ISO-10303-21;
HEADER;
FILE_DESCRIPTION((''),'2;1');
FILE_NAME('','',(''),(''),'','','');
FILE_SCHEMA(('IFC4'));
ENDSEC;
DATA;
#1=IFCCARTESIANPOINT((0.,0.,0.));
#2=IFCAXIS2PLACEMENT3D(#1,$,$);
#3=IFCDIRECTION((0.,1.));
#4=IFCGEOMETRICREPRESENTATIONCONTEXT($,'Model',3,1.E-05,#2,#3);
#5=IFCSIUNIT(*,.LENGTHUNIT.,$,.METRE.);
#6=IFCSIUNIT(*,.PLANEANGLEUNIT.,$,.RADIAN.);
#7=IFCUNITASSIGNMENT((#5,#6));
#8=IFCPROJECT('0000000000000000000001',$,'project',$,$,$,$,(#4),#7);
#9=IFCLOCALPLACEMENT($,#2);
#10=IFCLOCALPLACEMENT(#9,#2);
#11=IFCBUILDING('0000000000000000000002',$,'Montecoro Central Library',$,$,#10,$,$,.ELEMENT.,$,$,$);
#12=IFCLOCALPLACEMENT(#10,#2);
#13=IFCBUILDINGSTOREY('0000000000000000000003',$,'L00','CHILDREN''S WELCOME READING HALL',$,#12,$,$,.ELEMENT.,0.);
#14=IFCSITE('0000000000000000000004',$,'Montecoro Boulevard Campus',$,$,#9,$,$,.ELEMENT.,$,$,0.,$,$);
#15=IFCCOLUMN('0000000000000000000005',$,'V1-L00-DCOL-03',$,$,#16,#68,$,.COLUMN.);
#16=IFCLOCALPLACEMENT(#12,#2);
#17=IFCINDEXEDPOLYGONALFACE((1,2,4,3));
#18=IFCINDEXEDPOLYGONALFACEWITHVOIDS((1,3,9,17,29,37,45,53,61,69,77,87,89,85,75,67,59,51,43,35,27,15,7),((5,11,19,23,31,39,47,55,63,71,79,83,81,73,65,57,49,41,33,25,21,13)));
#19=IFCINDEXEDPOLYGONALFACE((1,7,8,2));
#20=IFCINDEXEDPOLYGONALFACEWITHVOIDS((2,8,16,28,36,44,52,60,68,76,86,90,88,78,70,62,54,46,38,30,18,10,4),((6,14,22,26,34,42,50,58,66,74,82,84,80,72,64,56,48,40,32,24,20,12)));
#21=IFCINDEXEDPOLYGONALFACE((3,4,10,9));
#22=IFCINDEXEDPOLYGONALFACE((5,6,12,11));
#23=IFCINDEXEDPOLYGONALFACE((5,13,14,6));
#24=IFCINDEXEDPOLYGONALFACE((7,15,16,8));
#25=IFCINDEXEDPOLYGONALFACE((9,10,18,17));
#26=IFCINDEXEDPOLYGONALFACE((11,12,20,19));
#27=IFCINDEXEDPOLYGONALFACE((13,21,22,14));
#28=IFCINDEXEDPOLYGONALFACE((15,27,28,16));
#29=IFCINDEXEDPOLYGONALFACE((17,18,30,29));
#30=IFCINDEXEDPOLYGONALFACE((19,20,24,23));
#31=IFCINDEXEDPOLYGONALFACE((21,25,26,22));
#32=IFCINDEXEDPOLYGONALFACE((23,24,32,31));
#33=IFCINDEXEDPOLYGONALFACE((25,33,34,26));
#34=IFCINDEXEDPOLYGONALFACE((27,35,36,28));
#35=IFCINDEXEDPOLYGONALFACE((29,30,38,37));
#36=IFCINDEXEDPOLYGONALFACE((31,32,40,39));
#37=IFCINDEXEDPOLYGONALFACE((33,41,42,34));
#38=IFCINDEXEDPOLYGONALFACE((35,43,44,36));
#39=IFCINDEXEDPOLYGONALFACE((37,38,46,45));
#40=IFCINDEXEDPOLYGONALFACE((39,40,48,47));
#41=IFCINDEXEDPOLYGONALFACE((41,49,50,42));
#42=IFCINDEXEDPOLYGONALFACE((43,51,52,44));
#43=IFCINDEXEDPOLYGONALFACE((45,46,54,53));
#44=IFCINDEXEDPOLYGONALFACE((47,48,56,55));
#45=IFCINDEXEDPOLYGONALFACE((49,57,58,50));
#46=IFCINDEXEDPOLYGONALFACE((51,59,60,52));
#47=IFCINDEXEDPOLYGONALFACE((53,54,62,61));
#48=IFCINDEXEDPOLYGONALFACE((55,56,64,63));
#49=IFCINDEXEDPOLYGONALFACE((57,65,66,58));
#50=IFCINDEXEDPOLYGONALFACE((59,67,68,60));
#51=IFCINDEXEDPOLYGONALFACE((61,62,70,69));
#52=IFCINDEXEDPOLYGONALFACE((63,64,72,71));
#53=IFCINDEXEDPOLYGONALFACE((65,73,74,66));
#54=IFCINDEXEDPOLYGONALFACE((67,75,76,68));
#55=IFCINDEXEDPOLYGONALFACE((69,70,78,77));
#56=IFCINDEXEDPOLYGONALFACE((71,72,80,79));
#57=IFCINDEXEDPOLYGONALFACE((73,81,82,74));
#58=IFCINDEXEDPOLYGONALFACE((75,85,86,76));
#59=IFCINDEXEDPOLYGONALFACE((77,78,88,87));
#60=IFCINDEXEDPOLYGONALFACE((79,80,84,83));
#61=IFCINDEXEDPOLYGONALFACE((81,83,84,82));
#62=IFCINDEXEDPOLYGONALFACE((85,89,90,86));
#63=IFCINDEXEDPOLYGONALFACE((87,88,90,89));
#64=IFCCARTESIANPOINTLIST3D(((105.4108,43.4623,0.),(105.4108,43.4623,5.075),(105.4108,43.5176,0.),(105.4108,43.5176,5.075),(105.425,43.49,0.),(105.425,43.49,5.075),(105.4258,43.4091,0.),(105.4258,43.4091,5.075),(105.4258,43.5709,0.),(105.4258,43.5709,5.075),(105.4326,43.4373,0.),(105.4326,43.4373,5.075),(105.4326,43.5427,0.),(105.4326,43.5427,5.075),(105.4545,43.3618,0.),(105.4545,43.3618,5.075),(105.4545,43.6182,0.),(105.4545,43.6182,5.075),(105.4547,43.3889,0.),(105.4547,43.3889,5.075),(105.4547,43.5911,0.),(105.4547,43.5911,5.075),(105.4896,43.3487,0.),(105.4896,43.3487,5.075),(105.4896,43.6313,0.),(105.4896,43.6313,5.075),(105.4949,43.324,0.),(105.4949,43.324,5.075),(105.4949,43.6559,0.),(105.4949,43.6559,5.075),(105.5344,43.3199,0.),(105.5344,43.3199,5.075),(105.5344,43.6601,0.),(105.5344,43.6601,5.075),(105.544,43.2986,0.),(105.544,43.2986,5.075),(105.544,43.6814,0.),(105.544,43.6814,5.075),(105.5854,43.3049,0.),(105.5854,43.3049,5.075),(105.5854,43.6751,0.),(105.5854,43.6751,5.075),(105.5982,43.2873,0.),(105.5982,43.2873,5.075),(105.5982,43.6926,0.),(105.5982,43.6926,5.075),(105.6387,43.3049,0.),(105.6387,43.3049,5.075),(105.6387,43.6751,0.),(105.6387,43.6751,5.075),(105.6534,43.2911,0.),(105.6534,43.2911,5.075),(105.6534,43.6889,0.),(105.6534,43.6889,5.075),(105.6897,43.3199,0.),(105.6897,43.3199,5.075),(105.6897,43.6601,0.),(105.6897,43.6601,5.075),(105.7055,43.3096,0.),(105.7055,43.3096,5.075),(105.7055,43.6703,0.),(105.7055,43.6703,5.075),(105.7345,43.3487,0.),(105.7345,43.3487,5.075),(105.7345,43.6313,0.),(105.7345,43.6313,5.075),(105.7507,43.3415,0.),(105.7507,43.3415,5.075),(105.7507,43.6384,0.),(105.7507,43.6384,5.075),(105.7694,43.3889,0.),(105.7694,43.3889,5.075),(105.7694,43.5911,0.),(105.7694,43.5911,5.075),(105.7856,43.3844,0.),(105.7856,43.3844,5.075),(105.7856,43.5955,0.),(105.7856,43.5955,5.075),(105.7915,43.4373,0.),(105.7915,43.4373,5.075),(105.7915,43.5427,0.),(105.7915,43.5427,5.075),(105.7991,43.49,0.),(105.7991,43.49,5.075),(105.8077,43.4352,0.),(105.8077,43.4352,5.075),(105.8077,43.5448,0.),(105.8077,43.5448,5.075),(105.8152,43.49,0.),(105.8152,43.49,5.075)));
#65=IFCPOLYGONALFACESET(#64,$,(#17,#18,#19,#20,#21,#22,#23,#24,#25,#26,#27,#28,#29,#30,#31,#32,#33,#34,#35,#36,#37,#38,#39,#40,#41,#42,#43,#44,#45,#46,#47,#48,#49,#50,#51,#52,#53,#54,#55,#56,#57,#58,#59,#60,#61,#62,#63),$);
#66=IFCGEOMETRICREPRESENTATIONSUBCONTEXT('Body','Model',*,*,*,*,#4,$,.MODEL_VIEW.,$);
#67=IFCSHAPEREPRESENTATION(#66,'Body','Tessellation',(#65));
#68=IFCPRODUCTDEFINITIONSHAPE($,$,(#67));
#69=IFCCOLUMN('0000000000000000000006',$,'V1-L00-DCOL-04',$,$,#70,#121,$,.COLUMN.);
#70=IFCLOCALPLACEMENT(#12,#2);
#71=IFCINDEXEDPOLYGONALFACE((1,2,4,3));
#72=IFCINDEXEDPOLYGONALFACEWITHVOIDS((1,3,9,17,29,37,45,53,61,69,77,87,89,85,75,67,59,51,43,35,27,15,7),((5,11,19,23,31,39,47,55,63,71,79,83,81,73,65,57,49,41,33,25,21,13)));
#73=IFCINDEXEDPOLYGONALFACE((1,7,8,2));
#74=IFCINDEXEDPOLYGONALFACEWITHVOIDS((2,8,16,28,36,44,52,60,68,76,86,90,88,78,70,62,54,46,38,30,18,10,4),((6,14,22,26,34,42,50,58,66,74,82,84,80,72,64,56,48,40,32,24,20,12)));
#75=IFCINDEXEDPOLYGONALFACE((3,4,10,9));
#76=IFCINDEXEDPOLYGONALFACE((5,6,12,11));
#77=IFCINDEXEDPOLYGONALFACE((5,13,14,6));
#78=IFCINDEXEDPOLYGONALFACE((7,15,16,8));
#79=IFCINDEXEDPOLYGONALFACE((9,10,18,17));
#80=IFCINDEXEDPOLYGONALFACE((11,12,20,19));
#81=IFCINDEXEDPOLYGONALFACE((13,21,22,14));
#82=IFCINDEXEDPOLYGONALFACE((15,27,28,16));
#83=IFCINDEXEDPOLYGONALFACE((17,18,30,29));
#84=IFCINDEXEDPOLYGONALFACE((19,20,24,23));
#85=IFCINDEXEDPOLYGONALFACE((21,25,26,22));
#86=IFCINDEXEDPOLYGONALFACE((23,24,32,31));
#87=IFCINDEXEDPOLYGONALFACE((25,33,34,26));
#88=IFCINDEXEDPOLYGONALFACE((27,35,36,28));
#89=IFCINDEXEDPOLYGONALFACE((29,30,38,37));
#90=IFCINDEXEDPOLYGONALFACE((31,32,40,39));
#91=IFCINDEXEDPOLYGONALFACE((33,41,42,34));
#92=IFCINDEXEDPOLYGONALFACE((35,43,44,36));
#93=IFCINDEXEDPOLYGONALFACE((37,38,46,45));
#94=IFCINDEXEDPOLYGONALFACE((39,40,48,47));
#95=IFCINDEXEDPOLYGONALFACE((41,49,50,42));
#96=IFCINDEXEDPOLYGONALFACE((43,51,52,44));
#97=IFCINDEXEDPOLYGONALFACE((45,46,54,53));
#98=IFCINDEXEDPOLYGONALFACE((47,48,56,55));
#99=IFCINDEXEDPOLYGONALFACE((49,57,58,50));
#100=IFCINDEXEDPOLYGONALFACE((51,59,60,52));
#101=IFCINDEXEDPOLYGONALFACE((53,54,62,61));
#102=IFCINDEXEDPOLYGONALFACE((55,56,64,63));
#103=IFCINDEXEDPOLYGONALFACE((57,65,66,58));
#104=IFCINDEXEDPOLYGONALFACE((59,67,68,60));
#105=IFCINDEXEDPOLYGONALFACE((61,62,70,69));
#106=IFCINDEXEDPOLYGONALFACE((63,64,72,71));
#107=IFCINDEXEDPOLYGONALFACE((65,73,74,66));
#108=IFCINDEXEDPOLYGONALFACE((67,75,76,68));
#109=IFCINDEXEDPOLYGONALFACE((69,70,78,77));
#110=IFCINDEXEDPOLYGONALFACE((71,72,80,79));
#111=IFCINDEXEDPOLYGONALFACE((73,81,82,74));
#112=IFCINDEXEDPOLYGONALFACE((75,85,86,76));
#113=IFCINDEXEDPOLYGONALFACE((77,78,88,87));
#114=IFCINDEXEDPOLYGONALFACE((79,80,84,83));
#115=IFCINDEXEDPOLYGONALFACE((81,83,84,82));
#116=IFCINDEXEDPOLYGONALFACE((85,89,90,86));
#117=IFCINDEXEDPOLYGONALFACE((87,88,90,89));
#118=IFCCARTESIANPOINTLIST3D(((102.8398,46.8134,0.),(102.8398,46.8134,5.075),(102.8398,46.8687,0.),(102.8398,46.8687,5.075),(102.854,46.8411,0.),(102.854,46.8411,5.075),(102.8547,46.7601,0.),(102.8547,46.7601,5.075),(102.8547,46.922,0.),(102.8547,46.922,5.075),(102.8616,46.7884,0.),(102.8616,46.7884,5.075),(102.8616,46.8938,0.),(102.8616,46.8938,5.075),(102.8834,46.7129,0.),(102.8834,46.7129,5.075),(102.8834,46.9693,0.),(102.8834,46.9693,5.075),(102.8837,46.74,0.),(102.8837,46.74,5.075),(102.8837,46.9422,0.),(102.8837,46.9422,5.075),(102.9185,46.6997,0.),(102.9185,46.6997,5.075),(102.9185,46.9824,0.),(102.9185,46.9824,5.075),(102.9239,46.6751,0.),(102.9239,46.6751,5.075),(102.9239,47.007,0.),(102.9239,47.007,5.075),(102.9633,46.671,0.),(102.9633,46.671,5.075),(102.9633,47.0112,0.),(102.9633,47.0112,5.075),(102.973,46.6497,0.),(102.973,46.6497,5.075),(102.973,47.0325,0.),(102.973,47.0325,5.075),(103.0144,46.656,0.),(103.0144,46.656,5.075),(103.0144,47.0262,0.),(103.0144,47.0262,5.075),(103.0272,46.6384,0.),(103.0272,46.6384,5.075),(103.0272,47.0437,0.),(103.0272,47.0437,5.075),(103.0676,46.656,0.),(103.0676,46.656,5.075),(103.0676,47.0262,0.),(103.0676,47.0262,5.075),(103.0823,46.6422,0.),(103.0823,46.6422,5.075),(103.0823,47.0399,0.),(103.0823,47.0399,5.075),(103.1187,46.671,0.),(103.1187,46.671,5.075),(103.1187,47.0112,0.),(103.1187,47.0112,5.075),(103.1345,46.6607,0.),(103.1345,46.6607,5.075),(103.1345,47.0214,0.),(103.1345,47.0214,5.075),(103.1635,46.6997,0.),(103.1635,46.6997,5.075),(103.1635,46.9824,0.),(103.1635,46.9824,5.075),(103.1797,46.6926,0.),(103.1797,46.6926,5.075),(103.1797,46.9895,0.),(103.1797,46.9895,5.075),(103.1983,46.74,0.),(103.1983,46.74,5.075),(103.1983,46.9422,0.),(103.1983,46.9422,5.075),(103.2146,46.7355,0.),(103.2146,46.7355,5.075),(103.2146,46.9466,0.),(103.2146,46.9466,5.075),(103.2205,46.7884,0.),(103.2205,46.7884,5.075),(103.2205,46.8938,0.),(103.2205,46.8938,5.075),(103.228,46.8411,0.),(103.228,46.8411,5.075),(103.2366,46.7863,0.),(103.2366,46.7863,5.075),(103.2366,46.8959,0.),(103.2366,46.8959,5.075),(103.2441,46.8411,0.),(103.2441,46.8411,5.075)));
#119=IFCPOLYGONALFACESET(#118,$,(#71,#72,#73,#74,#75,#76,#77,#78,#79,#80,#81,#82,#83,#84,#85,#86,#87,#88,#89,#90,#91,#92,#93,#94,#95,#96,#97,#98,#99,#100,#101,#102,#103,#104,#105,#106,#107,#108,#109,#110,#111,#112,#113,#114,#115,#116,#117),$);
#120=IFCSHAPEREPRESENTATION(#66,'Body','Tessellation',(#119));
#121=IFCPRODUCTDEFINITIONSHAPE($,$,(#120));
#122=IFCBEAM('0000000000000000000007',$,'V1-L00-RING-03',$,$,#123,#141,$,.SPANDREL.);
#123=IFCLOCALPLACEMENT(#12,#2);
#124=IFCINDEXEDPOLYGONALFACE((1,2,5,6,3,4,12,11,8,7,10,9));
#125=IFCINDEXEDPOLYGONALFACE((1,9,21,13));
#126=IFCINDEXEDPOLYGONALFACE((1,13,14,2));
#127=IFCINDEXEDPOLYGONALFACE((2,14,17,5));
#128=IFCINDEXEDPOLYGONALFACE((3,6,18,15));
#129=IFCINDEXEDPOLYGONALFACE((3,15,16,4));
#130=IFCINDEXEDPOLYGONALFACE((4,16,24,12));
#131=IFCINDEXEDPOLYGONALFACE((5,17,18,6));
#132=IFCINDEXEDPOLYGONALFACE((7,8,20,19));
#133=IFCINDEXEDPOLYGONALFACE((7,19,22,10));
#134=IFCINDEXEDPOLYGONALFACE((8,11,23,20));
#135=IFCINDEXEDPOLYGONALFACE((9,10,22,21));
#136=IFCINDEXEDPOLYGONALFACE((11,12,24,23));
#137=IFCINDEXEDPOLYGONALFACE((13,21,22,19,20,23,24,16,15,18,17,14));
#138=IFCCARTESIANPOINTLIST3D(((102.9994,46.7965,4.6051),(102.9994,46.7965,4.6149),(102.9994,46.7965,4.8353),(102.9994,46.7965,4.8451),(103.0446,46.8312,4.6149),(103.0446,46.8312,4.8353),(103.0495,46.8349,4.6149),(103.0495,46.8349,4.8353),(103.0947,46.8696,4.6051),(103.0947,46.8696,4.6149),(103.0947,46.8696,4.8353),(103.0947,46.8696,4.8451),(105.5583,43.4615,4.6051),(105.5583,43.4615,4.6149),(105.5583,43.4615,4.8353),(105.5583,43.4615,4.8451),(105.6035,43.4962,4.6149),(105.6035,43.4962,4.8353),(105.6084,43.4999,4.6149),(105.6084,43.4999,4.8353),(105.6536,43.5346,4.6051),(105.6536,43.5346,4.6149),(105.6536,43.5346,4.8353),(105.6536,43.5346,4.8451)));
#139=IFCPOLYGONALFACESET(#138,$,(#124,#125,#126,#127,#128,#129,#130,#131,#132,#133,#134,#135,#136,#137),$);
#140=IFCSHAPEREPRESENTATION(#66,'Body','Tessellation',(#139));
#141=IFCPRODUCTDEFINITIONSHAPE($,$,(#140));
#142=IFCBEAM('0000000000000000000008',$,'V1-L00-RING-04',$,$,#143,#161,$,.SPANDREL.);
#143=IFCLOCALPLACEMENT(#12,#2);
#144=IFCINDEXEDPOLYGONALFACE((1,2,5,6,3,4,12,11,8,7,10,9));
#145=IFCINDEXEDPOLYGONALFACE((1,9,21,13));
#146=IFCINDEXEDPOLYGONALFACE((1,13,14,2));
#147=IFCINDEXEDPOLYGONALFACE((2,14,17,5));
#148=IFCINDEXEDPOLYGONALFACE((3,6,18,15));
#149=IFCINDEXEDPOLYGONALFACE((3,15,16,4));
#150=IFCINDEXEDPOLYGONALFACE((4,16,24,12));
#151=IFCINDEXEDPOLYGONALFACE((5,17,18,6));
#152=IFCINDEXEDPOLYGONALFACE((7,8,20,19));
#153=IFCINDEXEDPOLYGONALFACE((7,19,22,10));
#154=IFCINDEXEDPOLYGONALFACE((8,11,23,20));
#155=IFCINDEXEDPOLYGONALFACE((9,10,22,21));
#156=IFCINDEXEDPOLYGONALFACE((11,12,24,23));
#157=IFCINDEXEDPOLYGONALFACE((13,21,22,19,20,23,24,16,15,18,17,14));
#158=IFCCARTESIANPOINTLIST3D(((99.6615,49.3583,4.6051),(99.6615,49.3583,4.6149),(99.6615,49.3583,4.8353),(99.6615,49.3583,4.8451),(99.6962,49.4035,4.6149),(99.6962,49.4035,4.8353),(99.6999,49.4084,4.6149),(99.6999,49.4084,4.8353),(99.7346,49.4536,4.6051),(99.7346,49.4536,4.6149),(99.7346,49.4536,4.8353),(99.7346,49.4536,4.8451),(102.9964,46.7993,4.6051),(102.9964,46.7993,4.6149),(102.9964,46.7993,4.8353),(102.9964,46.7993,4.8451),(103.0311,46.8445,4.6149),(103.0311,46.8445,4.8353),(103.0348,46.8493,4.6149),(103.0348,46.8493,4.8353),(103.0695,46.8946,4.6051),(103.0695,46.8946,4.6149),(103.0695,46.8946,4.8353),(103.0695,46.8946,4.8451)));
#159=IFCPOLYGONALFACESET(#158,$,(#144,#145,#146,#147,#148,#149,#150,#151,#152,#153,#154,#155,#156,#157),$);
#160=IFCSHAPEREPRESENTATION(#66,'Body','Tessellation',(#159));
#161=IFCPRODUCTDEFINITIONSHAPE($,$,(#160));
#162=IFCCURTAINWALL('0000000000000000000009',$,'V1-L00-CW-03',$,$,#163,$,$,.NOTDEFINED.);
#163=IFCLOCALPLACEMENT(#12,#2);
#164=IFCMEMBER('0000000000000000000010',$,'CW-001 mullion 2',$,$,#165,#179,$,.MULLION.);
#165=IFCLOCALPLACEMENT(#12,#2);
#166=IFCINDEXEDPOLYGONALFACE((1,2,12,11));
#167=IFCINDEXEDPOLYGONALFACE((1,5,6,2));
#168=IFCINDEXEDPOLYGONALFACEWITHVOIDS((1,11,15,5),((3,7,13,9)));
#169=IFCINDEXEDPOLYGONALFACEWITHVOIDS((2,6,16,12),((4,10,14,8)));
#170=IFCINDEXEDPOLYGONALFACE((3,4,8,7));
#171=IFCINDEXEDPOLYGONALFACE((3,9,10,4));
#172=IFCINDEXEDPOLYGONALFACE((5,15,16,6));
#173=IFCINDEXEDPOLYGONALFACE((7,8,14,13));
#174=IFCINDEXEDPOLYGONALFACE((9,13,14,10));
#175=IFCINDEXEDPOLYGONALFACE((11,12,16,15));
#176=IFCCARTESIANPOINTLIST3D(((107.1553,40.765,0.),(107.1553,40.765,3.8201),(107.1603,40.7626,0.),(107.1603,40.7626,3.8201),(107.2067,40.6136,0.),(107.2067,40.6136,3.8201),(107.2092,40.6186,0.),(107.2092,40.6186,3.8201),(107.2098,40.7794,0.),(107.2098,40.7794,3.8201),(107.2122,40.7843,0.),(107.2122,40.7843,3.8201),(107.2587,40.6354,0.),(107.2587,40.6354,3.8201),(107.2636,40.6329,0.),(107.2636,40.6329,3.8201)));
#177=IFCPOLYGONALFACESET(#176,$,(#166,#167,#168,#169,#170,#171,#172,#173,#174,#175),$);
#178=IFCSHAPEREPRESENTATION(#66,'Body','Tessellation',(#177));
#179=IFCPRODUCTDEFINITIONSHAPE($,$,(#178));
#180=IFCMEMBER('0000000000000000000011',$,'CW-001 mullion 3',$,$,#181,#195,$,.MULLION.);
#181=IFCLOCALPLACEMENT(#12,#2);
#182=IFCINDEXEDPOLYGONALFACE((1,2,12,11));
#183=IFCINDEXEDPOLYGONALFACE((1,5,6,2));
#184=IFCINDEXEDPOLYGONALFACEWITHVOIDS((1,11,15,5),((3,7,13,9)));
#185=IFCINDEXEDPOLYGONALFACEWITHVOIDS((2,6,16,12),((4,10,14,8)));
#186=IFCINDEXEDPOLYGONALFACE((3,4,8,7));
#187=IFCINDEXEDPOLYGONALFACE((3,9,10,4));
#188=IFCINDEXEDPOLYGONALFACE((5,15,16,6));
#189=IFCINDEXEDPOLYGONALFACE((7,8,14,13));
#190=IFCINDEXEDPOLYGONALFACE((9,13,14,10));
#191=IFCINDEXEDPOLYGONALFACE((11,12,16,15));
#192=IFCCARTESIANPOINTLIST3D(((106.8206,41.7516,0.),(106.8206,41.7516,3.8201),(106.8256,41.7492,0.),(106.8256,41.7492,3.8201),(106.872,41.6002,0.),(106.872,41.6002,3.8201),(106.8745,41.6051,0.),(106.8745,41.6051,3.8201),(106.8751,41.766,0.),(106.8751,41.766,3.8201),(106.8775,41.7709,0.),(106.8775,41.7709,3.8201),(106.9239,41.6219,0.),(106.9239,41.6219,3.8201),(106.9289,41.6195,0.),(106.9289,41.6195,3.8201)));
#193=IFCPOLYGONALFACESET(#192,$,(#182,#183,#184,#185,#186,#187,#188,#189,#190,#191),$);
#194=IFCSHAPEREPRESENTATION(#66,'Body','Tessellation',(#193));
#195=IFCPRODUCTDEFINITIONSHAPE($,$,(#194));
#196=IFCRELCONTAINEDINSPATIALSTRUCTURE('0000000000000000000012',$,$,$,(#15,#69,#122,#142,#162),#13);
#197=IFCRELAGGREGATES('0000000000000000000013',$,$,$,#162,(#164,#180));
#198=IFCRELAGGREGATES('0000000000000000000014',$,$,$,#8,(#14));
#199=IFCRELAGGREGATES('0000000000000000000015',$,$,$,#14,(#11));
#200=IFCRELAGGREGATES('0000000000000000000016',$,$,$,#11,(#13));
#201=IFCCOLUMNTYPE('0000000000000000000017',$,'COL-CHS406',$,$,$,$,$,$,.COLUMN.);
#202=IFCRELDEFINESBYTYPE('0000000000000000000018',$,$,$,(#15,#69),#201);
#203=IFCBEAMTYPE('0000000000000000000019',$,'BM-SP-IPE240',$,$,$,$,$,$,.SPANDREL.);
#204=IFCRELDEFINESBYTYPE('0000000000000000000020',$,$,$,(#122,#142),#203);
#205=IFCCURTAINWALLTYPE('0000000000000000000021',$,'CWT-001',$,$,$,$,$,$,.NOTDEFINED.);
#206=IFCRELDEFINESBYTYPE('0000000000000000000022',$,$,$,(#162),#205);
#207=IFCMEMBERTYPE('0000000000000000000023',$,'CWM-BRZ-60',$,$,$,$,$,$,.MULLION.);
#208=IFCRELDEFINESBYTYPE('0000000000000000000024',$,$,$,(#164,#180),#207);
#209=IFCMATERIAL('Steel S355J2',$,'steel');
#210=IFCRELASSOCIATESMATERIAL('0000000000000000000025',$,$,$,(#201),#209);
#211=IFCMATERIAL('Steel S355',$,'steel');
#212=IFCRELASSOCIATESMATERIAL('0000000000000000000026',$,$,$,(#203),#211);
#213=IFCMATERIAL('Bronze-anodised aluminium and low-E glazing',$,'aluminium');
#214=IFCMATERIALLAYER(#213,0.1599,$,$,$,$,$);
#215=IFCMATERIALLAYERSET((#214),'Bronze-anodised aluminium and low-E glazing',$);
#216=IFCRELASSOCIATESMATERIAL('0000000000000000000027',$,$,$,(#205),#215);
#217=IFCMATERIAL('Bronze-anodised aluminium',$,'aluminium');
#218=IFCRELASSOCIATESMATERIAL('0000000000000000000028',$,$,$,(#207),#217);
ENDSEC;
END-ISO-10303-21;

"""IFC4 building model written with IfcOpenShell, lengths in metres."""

from ifc_helpers import new_model, si_unit, direction, frame, origin, origin_2d, place, context, subcontext, project, spatial, hollow_rectangle, hollow_circle, i_section, extrude, material, layer, layer_set, material_profile, profile_set, type_object, element, aggregate, save


model = new_model("IFC4")

# Units and contexts
model_context = context("Model", 3, precision=1e-05, world=origin(), true_north=direction((0.0, 1.0)))
body_context = subcontext(model_context, "Body", "Model", "MODEL_VIEW")
ifc_project = project(units=[si_unit("LENGTHUNIT", "METRE"), si_unit("PLANEANGLEUNIT", "RADIAN")], contexts=[model_context])

# Site, building, storey
site_placement = place(None, origin())
site = spatial("IfcSite", under=ifc_project, at=site_placement, Name="Montecoro Boulevard Campus", CompositionType="ELEMENT", RefElevation=0.0)
building_placement = place(site_placement, origin())
building = spatial("IfcBuilding", under=site, at=building_placement, Name="Montecoro Central Library", CompositionType="ELEMENT")
storey_placement = place(building_placement, origin())
storey = spatial("IfcBuildingStorey", under=building, at=storey_placement, Name="L00", Description="CHILDREN'S WELCOME READING HALL", CompositionType="ELEMENT", Elevation=0.0)

# Columns
ifc_material_1 = material(Name="Steel S355J2", Category="steel")
ifc_material_profile_1 = material_profile(ifc_material_1, hollow_circle(Radius=0.2031, WallThickness=0.0161, at=origin_2d()), Name="CHS 406.4x16.0")
ifc_profile_set_1 = profile_set([ifc_material_profile_1], Name="Steel S355J2")
column_type = type_object("IfcColumnType", Name="COL-CHS406", PredefinedType="COLUMN", material=ifc_profile_set_1)
for number, where, z_axis, x_axis, name in (
    (1, (105.6121, 43.49, 0.0), (0.0, 0.0, 1.0), (1.0, 0.0, 0.0), "V1-L00-DCOL-03"),
    (2, (103.041, 46.8411, 0.0), (0.0, 0.0, 1.0), (1.0, 0.0, 0.0), "V1-L00-DCOL-04"),
):
    element("IfcColumn", number, at=place(storey_placement, frame(where, z_axis=z_axis, x_axis=x_axis)), inside=storey, type_object=column_type, Name=name, PredefinedType="COLUMN", context=body_context, shape_type="SweptSolid", body=[
        extrude(hollow_circle(Radius=0.2031, WallThickness=0.0161, at=origin_2d()), origin(), (0.0, 0.0, 1.0), 5.075),
    ])

# Beams
ifc_material_2 = material(Name="Steel S355", Category="steel")
ifc_material_profile_2 = material_profile(ifc_material_2, i_section(OverallWidth=0.1201, OverallDepth=0.24, WebThickness=0.0061, FlangeThickness=0.0098, at=origin_2d()), Name="IPE 240")
ifc_profile_set_2 = profile_set([ifc_material_profile_2], Name="Steel S355")
beam_type = type_object("IfcBeamType", Name="BM-SP-IPE240", PredefinedType="SPANDREL", material=ifc_profile_set_2)
for number, where, z_axis, x_axis, name in (
    (3, (105.606, 43.498, 4.7251), (-0.608736, 0.793373, 0.0), (-0.793373, -0.608736, 0.0), "V1-L00-RING-03"),
    (4, (103.033, 46.8469, 4.7251), (-0.793345, 0.608773, 0.0), (-0.608773, -0.793345, 0.0), "V1-L00-RING-04"),
):
    element("IfcBeam", number, at=place(storey_placement, frame(where, z_axis=z_axis, x_axis=x_axis)), inside=storey, type_object=beam_type, Name=name, PredefinedType="SPANDREL", context=body_context, shape_type="SweptSolid", body=[
        extrude(i_section(OverallWidth=0.1201, OverallDepth=0.24, WebThickness=0.0061, FlangeThickness=0.0098, at=origin_2d()), origin(), (0.0, 0.0, 1.0), 4.2036),
    ])

# Curtain wall, members
ifc_material_3 = material(Name="Bronze-anodised aluminium and low-E glazing", Category="aluminium")
ifc_layer_1 = layer(ifc_material_3, 0.1599)
ifc_layer_set_1 = layer_set([ifc_layer_1], Name="Bronze-anodised aluminium and low-E glazing")
curtain_wall_type = type_object("IfcCurtainWallType", Name="CWT-001", PredefinedType="NOTDEFINED", material=ifc_layer_set_1)
curtain_wall_placement = place(storey_placement, origin())
curtain_wall = element("IfcCurtainWall", 5, at=curtain_wall_placement, inside=storey, type_object=curtain_wall_type, Name="V1-L00-CW-03", PredefinedType="NOTDEFINED")
ifc_material_4 = material(Name="Bronze-anodised aluminium", Category="aluminium")
ifc_material_profile_3 = material_profile(ifc_material_4, hollow_rectangle(XDim=0.0601, YDim=0.1599, WallThickness=0.0039, at=origin_2d()), Name="CWM 160x60x4.0")
ifc_profile_set_3 = profile_set([ifc_material_profile_3], Name="Bronze-anodised aluminium")
member_type_1 = type_object("IfcMemberType", Name="CWM-BRZ-60", PredefinedType="MULLION", material=ifc_profile_set_3)
member_1_placement = place(storey_placement, frame((107.2095, 40.699, 0.0), z_axis=(0.0, 0.0, 1.0), x_axis=(-0.946943, -0.321401, 0.0)))
member_1 = element("IfcMember", 6, at=member_1_placement, type_object=member_type_1, Name="CW-001 mullion 2", PredefinedType="MULLION", context=body_context, shape_type="SweptSolid", body=[
    extrude(hollow_rectangle(XDim=0.0601, YDim=0.1599, WallThickness=0.0039, at=origin_2d()), origin(), (0.0, 0.0, 1.0), 3.8201),
])
member_2_placement = place(storey_placement, frame((106.8748, 41.6855, 0.0), z_axis=(0.0, 0.0, 1.0), x_axis=(-0.946943, -0.321401, 0.0)))
member_2 = element("IfcMember", 7, at=member_2_placement, type_object=member_type_1, Name="CW-001 mullion 3", PredefinedType="MULLION", context=body_context, shape_type="SweptSolid", body=[
    extrude(hollow_rectangle(XDim=0.0601, YDim=0.1599, WallThickness=0.0039, at=origin_2d()), origin(), (0.0, 0.0, 1.0), 3.8201),
])
aggregate(curtain_wall, [member_1, member_2])

save(model, "model.ifc")
